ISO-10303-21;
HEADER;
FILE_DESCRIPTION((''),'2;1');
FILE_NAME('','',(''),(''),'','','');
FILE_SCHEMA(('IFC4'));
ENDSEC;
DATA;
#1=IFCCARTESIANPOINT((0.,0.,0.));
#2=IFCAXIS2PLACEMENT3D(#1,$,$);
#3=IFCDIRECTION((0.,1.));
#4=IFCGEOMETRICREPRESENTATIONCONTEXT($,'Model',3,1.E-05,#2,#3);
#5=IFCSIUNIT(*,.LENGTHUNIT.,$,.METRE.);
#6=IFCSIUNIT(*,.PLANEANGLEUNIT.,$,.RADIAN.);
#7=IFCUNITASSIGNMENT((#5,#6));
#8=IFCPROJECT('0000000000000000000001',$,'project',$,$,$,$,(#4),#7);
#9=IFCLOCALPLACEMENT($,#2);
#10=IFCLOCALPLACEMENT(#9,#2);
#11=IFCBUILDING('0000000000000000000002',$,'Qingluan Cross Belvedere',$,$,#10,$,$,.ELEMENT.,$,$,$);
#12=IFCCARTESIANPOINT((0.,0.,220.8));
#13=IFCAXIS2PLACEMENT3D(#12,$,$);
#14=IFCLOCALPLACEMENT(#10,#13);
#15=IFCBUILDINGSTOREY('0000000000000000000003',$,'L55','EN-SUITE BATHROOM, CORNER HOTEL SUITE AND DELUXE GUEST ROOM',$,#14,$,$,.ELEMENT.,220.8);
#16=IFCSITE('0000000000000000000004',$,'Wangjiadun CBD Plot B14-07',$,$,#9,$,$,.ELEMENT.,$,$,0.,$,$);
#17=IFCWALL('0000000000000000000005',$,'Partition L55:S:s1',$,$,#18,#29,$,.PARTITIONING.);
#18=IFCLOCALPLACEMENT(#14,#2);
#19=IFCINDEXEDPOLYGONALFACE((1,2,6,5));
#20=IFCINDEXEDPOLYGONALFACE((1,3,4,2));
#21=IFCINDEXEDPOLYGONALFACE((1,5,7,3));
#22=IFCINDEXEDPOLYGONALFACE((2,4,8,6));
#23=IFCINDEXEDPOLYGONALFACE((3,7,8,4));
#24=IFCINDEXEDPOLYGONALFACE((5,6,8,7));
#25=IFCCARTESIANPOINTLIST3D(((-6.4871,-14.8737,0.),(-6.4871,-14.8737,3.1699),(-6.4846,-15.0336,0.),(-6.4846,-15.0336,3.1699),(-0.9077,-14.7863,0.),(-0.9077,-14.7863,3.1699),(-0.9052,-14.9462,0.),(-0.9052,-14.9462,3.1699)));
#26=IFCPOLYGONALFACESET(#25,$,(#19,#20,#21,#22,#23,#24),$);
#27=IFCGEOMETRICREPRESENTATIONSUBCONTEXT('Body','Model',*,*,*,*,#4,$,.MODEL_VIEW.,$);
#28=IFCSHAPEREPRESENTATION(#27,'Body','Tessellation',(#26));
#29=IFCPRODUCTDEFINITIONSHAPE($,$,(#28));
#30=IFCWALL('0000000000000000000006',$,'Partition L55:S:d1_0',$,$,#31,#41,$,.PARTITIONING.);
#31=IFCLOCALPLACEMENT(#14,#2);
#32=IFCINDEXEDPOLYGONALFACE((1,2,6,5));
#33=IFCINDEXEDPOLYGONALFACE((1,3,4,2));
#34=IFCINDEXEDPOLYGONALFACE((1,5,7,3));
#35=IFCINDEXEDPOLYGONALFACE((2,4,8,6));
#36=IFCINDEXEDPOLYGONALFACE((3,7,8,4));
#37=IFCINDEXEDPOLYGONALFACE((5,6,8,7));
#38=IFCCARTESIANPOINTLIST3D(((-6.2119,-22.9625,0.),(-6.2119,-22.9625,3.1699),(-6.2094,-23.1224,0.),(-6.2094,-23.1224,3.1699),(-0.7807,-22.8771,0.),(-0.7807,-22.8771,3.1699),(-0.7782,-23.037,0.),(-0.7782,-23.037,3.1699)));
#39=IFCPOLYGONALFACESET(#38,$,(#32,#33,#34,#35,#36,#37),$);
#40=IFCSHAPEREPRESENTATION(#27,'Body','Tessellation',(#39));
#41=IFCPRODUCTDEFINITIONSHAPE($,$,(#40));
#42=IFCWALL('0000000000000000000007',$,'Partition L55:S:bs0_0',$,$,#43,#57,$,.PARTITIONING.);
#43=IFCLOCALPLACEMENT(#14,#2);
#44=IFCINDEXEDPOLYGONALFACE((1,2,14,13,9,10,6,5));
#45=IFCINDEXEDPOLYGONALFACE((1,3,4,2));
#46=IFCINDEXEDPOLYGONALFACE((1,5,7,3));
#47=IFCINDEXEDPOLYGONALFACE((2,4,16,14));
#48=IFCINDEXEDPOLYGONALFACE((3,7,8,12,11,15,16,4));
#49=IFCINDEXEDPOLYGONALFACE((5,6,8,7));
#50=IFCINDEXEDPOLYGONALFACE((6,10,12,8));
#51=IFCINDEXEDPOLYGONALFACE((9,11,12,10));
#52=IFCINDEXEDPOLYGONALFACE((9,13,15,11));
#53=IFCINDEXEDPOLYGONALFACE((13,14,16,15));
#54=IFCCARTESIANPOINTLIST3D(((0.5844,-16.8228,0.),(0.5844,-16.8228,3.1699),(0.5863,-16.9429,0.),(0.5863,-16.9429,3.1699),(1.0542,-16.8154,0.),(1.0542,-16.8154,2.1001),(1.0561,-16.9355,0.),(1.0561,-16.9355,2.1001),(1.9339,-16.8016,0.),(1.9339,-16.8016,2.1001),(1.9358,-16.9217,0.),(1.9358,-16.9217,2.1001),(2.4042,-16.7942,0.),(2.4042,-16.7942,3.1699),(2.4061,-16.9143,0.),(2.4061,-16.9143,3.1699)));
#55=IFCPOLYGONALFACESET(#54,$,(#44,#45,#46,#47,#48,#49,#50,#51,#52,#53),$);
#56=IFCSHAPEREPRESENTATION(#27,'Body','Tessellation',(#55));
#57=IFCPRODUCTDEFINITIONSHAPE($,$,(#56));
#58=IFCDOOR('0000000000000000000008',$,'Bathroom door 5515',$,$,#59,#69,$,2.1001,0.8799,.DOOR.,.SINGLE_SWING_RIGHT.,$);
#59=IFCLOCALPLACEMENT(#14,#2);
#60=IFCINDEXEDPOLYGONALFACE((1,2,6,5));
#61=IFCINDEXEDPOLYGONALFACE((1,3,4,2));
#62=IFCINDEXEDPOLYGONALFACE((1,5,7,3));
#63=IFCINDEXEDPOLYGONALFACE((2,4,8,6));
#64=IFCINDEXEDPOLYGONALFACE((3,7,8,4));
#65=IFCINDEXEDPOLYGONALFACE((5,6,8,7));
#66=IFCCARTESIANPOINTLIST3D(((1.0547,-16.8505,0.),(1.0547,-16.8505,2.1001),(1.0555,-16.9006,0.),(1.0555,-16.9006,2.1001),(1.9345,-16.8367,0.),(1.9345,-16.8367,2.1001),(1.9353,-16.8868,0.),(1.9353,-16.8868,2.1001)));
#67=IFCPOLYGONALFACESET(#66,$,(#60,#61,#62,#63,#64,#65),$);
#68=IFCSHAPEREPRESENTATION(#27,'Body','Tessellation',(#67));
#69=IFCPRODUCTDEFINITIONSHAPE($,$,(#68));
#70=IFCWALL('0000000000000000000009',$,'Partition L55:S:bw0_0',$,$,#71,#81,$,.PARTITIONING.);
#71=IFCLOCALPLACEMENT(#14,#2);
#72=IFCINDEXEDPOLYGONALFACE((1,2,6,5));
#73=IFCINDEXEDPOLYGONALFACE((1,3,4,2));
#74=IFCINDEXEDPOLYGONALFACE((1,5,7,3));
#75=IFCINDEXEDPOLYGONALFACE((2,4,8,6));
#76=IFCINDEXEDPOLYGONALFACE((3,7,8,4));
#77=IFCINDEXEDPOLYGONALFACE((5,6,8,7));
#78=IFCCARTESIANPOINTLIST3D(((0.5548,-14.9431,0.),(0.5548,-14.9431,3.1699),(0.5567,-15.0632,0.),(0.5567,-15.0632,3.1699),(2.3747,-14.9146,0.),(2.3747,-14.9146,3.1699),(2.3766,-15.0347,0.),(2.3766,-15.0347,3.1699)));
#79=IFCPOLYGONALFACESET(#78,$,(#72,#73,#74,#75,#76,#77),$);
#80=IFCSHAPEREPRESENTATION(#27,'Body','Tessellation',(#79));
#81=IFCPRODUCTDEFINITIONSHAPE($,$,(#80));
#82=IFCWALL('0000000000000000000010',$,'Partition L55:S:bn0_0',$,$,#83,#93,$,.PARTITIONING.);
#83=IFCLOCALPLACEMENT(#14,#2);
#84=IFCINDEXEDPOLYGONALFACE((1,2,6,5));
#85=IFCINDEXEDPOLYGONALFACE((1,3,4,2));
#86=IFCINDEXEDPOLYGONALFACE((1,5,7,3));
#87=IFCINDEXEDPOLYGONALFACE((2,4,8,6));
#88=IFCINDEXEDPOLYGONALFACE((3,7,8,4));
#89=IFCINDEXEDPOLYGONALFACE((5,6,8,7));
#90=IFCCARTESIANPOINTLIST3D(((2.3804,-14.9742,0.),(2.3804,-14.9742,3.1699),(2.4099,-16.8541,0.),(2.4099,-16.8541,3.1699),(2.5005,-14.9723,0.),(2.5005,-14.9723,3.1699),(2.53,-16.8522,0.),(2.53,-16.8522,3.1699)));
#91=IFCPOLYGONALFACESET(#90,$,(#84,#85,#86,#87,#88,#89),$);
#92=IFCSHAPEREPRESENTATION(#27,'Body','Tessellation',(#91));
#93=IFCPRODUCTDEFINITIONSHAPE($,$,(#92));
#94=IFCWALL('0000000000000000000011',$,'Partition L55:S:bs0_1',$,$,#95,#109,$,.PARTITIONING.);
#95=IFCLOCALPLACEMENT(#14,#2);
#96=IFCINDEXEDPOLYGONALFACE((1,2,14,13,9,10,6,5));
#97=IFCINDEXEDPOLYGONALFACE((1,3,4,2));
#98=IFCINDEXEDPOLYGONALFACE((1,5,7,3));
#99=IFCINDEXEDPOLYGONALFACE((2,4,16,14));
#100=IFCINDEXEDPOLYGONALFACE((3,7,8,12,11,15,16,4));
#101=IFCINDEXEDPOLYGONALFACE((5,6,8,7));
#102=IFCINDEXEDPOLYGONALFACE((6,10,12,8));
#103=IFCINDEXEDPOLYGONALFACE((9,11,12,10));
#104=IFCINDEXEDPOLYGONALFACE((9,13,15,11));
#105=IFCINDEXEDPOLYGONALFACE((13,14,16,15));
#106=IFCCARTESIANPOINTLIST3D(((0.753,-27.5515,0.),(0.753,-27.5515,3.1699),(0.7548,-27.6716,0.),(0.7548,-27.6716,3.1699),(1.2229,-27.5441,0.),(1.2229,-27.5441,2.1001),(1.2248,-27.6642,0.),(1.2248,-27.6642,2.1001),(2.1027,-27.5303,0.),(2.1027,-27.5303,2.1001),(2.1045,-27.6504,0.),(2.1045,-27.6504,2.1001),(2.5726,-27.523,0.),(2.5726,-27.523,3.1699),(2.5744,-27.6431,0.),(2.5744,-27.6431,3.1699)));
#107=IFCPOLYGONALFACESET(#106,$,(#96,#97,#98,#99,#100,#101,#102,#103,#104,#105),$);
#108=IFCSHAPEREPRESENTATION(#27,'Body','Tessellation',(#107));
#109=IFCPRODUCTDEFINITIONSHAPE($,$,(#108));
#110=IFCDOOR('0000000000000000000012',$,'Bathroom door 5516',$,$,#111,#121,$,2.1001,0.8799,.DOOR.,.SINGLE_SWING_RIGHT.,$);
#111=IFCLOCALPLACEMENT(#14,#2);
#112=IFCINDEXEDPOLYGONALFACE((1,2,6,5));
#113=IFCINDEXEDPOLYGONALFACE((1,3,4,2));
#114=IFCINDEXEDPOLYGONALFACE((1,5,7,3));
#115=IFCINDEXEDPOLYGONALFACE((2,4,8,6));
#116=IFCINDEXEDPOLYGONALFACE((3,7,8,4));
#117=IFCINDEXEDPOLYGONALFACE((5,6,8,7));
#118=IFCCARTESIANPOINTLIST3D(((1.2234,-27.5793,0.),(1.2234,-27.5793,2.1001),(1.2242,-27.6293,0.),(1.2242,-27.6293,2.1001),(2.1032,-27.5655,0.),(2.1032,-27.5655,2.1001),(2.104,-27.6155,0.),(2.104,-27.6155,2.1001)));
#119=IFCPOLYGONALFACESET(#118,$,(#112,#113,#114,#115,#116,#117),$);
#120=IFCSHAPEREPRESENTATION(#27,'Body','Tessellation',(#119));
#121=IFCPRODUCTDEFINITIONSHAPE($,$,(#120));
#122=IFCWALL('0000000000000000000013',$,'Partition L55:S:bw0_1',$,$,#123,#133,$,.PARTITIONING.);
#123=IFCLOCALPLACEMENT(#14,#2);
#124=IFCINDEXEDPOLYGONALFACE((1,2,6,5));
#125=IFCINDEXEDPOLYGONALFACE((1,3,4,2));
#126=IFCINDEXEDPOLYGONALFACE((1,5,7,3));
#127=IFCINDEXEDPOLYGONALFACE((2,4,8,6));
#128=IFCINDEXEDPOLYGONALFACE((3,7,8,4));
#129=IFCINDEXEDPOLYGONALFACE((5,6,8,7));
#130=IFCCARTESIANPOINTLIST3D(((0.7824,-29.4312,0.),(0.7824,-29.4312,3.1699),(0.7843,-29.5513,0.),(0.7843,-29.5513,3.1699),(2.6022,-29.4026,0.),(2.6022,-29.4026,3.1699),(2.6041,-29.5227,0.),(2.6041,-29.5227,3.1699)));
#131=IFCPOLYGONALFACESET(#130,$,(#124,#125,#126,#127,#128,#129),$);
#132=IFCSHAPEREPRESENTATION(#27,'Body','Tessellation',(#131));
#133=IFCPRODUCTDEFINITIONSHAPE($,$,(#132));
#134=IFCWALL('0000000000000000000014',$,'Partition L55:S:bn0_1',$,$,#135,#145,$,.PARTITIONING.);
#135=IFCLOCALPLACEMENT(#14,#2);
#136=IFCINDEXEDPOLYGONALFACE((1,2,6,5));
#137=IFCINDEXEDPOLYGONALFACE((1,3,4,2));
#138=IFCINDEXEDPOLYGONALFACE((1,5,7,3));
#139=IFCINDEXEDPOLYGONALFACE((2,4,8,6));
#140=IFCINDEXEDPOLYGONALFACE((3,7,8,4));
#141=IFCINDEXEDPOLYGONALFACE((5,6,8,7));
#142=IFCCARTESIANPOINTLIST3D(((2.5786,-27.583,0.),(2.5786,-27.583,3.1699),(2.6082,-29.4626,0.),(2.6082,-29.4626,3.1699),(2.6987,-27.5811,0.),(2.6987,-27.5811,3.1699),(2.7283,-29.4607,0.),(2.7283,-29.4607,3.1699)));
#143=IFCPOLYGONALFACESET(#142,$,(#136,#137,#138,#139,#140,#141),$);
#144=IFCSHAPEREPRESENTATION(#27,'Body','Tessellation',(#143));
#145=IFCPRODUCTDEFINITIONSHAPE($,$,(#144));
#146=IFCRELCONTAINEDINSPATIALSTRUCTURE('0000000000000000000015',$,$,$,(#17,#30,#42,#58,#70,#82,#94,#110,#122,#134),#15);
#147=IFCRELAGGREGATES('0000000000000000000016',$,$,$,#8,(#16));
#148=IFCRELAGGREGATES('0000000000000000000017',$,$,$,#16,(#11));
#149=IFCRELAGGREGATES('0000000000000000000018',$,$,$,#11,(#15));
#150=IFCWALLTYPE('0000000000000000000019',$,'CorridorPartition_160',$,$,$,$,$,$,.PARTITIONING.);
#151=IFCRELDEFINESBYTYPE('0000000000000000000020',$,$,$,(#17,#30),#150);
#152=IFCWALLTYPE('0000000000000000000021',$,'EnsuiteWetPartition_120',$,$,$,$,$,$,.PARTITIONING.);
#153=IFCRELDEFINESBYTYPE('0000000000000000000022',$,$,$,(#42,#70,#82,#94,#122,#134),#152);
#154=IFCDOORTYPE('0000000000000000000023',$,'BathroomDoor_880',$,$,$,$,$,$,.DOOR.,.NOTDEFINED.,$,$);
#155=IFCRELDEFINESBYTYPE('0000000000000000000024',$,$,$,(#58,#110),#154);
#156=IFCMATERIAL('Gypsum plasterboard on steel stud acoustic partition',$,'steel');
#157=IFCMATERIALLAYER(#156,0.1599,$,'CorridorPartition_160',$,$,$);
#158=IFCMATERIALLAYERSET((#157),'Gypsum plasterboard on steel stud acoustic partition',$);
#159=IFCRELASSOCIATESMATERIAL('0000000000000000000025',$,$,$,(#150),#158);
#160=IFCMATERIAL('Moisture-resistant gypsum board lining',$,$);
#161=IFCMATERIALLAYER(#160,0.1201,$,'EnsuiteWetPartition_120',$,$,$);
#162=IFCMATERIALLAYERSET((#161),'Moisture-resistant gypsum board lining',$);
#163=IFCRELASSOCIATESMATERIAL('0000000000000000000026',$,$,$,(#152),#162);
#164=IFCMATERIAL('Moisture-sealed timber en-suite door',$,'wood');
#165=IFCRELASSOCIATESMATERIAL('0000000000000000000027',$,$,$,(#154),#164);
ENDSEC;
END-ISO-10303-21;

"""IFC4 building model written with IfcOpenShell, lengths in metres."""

from ifc_helpers import new_model, si_unit, direction, frame, frame_2d, origin, place, context, subcontext, project, spatial, rectangle, extrude, material, layer, layer_set, type_object, element, fill, save


model = new_model("IFC4")

# Units and contexts
model_context = context("Model", 3, precision=1e-05, world=origin(), true_north=direction((0.0, 1.0)))
body_context = subcontext(model_context, "Body", "Model", "MODEL_VIEW")
ifc_project = project(units=[si_unit("LENGTHUNIT", "METRE"), si_unit("PLANEANGLEUNIT", "RADIAN")], contexts=[model_context])

# Site, building, storey
site_placement = place(None, origin())
site = spatial("IfcSite", under=ifc_project, at=site_placement, Name="Wangjiadun CBD Plot B14-07", CompositionType="ELEMENT", RefElevation=0.0)
building_placement = place(site_placement, origin())
building = spatial("IfcBuilding", under=site, at=building_placement, Name="Qingluan Cross Belvedere", CompositionType="ELEMENT")
storey_placement = place(building_placement, frame((0.0, 0.0, 220.8)))
storey = spatial("IfcBuildingStorey", under=building, at=storey_placement, Name="L55", Description="EN-SUITE BATHROOM, CORNER HOTEL SUITE AND DELUXE GUEST ROOM", CompositionType="ELEMENT", Elevation=220.8)

# Shared definitions
ifc_material_1 = material(Name="Gypsum plasterboard on steel stud acoustic partition", Category="steel")
ifc_layer_1 = layer(ifc_material_1, 0.1599, Name="CorridorPartition_160")
ifc_layer_set_1 = layer_set([ifc_layer_1], Name="Gypsum plasterboard on steel stud acoustic partition")
wall_type_1 = type_object("IfcWallType", Name="CorridorPartition_160", PredefinedType="PARTITIONING", material=ifc_layer_set_1)

# Walls
wall_1_placement = place(storey_placement, frame((-0.9065, -14.8662, 0.0), z_axis=(0.0, 0.0, 1.0), x_axis=(-0.999877, -0.015663, 0.0)))
element("IfcWall", 1, at=wall_1_placement, inside=storey, type_object=wall_type_1, Name="Partition L55:S:s1", PredefinedType="PARTITIONING", context=body_context, shape_type="SweptSolid", body=[
    extrude(rectangle(XDim=5.5801, YDim=0.1599, at=frame_2d((2.79, 0.0))), origin(), (0.0, 0.0, 1.0), 3.1699),
])
wall_2_placement = place(storey_placement, frame((-0.7795, -22.957, 0.0), z_axis=(0.0, 0.0, 1.0), x_axis=(-0.999876, -0.015731, 0.0)))
element("IfcWall", 2, at=wall_2_placement, inside=storey, type_object=wall_type_1, Name="Partition L55:S:d1_0", PredefinedType="PARTITIONING", context=body_context, shape_type="SweptSolid", body=[
    extrude(rectangle(XDim=5.4319, YDim=0.1599, at=frame_2d((2.7158, 0.0))), origin(), (0.0, 0.0, 1.0), 3.1699),
])

# Wall, opening, door
ifc_material_2 = material(Name="Moisture-resistant gypsum board lining")
ifc_layer_2 = layer(ifc_material_2, 0.1201, Name="EnsuiteWetPartition_120")
ifc_layer_set_2 = layer_set([ifc_layer_2], Name="Moisture-resistant gypsum board lining")
wall_type_2 = type_object("IfcWallType", Name="EnsuiteWetPartition_120", PredefinedType="PARTITIONING", material=ifc_layer_set_2)
wall_3_placement = place(storey_placement, frame((0.5852, -16.8828, 0.0), z_axis=(0.0, 0.0, 1.0), x_axis=(0.999877, 0.015694, 0.0)))
wall_3 = element("IfcWall", 3, at=wall_3_placement, inside=storey, type_object=wall_type_2, Name="Partition L55:S:bs0_0", PredefinedType="PARTITIONING", context=body_context, shape_type="SweptSolid", body=[
    extrude(rectangle(XDim=1.8201, YDim=0.1201, at=frame_2d((0.9102, 0.0))), origin(), (0.0, 0.0, 1.0), 3.1699),
])
opening_1_placement = place(wall_3_placement, frame((0.47, 0.0, 0.0)))
opening_1 = element("IfcOpeningElement", 4, at=opening_1_placement, cuts=wall_3, PredefinedType="OPENING", context=body_context, shape_type="SweptSolid", body=[
    extrude(rectangle(XDim=0.8799, YDim=2.1001, at=frame_2d((0.4399, 1.05))), frame((0.0, 0.0701, 0.0), z_axis=(0.0, -1.0, 0.0), x_axis=(1.0, 0.0, 0.0)), (0.0, 0.0, 1.0), 0.1401),
])
ifc_material_3 = material(Name="Moisture-sealed timber en-suite door", Category="wood")
door_type_1 = type_object("IfcDoorType", Name="BathroomDoor_880", OperationType="NOTDEFINED", PredefinedType="DOOR", material=ifc_material_3)
door_1_placement = place(opening_1_placement, origin())
door_1 = element("IfcDoor", 5, at=door_1_placement, inside=storey, type_object=door_type_1, Name="Bathroom door 5515", OperationType="SINGLE_SWING_RIGHT", OverallHeight=2.1001, OverallWidth=0.8799, PredefinedType="DOOR", context=body_context, shape_type="SweptSolid", body=[
    extrude(rectangle(XDim=0.8799, YDim=2.1001, at=frame_2d((0.4399, 1.05))), frame((0.0, 0.0249, 0.0), z_axis=(0.0, -1.0, 0.0), x_axis=(1.0, 0.0, 0.0)), (0.0, 0.0, 1.0), 0.05),
])
fill(opening_1, door_1)

# Walls
wall_4_placement = place(storey_placement, frame((0.5557, -15.0032, 0.0), z_axis=(0.0, 0.0, 1.0), x_axis=(0.999877, 0.015694, 0.0)))
element("IfcWall", 6, at=wall_4_placement, inside=storey, type_object=wall_type_2, Name="Partition L55:S:bw0_0", PredefinedType="PARTITIONING", context=body_context, shape_type="SweptSolid", body=[
    extrude(rectangle(XDim=1.8201, YDim=0.1201, at=frame_2d((0.9102, 0.0))), origin(), (0.0, 0.0, 1.0), 3.1699),
])
wall_5_placement = place(storey_placement, frame((2.4404, -14.9734, 0.0), z_axis=(0.0, 0.0, 1.0), x_axis=(0.015712, -0.999877, 0.0)))
element("IfcWall", 7, at=wall_5_placement, inside=storey, type_object=wall_type_2, Name="Partition L55:S:bn0_0", PredefinedType="PARTITIONING", context=body_context, shape_type="SweptSolid", body=[
    extrude(rectangle(XDim=1.8801, YDim=0.1201, at=frame_2d((0.9399, 0.0))), origin(), (0.0, 0.0, 1.0), 3.1699),
])

# Wall, opening, door
wall_6_placement = place(storey_placement, frame((0.7539, -27.6116, 0.0), z_axis=(0.0, 0.0, 1.0), x_axis=(0.999877, 0.015696, 0.0)))
wall_6 = element("IfcWall", 8, at=wall_6_placement, inside=storey, type_object=wall_type_2, Name="Partition L55:S:bs0_1", PredefinedType="PARTITIONING", context=body_context, shape_type="SweptSolid", body=[
    extrude(rectangle(XDim=1.8198, YDim=0.1201, at=frame_2d((0.9099, 0.0))), origin(), (0.0, 0.0, 1.0), 3.1699),
])
opening_2_placement = place(wall_6_placement, frame((0.47, 0.0, 0.0)))
opening_2 = element("IfcOpeningElement", 9, at=opening_2_placement, cuts=wall_6, PredefinedType="OPENING", context=body_context, shape_type="SweptSolid", body=[
    extrude(rectangle(XDim=0.8799, YDim=2.1001, at=frame_2d((0.4399, 1.05))), frame((0.0, 0.0701, 0.0), z_axis=(0.0, -1.0, 0.0), x_axis=(1.0, 0.0, 0.0)), (0.0, 0.0, 1.0), 0.1401),
])
door_2_placement = place(opening_2_placement, origin())
door_2 = element("IfcDoor", 10, at=door_2_placement, inside=storey, type_object=door_type_1, Name="Bathroom door 5516", OperationType="SINGLE_SWING_RIGHT", OverallHeight=2.1001, OverallWidth=0.8799, PredefinedType="DOOR", context=body_context, shape_type="SweptSolid", body=[
    extrude(rectangle(XDim=0.8799, YDim=2.1001, at=frame_2d((0.4399, 1.05))), frame((0.0, 0.0249, 0.0), z_axis=(0.0, -1.0, 0.0), x_axis=(1.0, 0.0, 0.0)), (0.0, 0.0, 1.0), 0.05),
])
fill(opening_2, door_2)

# Walls
wall_7_placement = place(storey_placement, frame((0.7832, -29.4912, 0.0), z_axis=(0.0, 0.0, 1.0), x_axis=(0.999877, 0.015694, 0.0)))
element("IfcWall", 11, at=wall_7_placement, inside=storey, type_object=wall_type_2, Name="Partition L55:S:bw0_1", PredefinedType="PARTITIONING", context=body_context, shape_type="SweptSolid", body=[
    extrude(rectangle(XDim=1.8201, YDim=0.1201, at=frame_2d((0.9102, 0.0))), origin(), (0.0, 0.0, 1.0), 3.1699),
])
wall_8_placement = place(storey_placement, frame((2.6387, -27.582, 0.0), z_axis=(0.0, 0.0, 1.0), x_axis=(0.015714, -0.999877, 0.0)))
element("IfcWall", 12, at=wall_8_placement, inside=storey, type_object=wall_type_2, Name="Partition L55:S:bn0_1", PredefinedType="PARTITIONING", context=body_context, shape_type="SweptSolid", body=[
    extrude(rectangle(XDim=1.8799, YDim=0.1201, at=frame_2d((0.9399, 0.0))), origin(), (0.0, 0.0, 1.0), 3.1699),
])

save(model, "model.ifc")
